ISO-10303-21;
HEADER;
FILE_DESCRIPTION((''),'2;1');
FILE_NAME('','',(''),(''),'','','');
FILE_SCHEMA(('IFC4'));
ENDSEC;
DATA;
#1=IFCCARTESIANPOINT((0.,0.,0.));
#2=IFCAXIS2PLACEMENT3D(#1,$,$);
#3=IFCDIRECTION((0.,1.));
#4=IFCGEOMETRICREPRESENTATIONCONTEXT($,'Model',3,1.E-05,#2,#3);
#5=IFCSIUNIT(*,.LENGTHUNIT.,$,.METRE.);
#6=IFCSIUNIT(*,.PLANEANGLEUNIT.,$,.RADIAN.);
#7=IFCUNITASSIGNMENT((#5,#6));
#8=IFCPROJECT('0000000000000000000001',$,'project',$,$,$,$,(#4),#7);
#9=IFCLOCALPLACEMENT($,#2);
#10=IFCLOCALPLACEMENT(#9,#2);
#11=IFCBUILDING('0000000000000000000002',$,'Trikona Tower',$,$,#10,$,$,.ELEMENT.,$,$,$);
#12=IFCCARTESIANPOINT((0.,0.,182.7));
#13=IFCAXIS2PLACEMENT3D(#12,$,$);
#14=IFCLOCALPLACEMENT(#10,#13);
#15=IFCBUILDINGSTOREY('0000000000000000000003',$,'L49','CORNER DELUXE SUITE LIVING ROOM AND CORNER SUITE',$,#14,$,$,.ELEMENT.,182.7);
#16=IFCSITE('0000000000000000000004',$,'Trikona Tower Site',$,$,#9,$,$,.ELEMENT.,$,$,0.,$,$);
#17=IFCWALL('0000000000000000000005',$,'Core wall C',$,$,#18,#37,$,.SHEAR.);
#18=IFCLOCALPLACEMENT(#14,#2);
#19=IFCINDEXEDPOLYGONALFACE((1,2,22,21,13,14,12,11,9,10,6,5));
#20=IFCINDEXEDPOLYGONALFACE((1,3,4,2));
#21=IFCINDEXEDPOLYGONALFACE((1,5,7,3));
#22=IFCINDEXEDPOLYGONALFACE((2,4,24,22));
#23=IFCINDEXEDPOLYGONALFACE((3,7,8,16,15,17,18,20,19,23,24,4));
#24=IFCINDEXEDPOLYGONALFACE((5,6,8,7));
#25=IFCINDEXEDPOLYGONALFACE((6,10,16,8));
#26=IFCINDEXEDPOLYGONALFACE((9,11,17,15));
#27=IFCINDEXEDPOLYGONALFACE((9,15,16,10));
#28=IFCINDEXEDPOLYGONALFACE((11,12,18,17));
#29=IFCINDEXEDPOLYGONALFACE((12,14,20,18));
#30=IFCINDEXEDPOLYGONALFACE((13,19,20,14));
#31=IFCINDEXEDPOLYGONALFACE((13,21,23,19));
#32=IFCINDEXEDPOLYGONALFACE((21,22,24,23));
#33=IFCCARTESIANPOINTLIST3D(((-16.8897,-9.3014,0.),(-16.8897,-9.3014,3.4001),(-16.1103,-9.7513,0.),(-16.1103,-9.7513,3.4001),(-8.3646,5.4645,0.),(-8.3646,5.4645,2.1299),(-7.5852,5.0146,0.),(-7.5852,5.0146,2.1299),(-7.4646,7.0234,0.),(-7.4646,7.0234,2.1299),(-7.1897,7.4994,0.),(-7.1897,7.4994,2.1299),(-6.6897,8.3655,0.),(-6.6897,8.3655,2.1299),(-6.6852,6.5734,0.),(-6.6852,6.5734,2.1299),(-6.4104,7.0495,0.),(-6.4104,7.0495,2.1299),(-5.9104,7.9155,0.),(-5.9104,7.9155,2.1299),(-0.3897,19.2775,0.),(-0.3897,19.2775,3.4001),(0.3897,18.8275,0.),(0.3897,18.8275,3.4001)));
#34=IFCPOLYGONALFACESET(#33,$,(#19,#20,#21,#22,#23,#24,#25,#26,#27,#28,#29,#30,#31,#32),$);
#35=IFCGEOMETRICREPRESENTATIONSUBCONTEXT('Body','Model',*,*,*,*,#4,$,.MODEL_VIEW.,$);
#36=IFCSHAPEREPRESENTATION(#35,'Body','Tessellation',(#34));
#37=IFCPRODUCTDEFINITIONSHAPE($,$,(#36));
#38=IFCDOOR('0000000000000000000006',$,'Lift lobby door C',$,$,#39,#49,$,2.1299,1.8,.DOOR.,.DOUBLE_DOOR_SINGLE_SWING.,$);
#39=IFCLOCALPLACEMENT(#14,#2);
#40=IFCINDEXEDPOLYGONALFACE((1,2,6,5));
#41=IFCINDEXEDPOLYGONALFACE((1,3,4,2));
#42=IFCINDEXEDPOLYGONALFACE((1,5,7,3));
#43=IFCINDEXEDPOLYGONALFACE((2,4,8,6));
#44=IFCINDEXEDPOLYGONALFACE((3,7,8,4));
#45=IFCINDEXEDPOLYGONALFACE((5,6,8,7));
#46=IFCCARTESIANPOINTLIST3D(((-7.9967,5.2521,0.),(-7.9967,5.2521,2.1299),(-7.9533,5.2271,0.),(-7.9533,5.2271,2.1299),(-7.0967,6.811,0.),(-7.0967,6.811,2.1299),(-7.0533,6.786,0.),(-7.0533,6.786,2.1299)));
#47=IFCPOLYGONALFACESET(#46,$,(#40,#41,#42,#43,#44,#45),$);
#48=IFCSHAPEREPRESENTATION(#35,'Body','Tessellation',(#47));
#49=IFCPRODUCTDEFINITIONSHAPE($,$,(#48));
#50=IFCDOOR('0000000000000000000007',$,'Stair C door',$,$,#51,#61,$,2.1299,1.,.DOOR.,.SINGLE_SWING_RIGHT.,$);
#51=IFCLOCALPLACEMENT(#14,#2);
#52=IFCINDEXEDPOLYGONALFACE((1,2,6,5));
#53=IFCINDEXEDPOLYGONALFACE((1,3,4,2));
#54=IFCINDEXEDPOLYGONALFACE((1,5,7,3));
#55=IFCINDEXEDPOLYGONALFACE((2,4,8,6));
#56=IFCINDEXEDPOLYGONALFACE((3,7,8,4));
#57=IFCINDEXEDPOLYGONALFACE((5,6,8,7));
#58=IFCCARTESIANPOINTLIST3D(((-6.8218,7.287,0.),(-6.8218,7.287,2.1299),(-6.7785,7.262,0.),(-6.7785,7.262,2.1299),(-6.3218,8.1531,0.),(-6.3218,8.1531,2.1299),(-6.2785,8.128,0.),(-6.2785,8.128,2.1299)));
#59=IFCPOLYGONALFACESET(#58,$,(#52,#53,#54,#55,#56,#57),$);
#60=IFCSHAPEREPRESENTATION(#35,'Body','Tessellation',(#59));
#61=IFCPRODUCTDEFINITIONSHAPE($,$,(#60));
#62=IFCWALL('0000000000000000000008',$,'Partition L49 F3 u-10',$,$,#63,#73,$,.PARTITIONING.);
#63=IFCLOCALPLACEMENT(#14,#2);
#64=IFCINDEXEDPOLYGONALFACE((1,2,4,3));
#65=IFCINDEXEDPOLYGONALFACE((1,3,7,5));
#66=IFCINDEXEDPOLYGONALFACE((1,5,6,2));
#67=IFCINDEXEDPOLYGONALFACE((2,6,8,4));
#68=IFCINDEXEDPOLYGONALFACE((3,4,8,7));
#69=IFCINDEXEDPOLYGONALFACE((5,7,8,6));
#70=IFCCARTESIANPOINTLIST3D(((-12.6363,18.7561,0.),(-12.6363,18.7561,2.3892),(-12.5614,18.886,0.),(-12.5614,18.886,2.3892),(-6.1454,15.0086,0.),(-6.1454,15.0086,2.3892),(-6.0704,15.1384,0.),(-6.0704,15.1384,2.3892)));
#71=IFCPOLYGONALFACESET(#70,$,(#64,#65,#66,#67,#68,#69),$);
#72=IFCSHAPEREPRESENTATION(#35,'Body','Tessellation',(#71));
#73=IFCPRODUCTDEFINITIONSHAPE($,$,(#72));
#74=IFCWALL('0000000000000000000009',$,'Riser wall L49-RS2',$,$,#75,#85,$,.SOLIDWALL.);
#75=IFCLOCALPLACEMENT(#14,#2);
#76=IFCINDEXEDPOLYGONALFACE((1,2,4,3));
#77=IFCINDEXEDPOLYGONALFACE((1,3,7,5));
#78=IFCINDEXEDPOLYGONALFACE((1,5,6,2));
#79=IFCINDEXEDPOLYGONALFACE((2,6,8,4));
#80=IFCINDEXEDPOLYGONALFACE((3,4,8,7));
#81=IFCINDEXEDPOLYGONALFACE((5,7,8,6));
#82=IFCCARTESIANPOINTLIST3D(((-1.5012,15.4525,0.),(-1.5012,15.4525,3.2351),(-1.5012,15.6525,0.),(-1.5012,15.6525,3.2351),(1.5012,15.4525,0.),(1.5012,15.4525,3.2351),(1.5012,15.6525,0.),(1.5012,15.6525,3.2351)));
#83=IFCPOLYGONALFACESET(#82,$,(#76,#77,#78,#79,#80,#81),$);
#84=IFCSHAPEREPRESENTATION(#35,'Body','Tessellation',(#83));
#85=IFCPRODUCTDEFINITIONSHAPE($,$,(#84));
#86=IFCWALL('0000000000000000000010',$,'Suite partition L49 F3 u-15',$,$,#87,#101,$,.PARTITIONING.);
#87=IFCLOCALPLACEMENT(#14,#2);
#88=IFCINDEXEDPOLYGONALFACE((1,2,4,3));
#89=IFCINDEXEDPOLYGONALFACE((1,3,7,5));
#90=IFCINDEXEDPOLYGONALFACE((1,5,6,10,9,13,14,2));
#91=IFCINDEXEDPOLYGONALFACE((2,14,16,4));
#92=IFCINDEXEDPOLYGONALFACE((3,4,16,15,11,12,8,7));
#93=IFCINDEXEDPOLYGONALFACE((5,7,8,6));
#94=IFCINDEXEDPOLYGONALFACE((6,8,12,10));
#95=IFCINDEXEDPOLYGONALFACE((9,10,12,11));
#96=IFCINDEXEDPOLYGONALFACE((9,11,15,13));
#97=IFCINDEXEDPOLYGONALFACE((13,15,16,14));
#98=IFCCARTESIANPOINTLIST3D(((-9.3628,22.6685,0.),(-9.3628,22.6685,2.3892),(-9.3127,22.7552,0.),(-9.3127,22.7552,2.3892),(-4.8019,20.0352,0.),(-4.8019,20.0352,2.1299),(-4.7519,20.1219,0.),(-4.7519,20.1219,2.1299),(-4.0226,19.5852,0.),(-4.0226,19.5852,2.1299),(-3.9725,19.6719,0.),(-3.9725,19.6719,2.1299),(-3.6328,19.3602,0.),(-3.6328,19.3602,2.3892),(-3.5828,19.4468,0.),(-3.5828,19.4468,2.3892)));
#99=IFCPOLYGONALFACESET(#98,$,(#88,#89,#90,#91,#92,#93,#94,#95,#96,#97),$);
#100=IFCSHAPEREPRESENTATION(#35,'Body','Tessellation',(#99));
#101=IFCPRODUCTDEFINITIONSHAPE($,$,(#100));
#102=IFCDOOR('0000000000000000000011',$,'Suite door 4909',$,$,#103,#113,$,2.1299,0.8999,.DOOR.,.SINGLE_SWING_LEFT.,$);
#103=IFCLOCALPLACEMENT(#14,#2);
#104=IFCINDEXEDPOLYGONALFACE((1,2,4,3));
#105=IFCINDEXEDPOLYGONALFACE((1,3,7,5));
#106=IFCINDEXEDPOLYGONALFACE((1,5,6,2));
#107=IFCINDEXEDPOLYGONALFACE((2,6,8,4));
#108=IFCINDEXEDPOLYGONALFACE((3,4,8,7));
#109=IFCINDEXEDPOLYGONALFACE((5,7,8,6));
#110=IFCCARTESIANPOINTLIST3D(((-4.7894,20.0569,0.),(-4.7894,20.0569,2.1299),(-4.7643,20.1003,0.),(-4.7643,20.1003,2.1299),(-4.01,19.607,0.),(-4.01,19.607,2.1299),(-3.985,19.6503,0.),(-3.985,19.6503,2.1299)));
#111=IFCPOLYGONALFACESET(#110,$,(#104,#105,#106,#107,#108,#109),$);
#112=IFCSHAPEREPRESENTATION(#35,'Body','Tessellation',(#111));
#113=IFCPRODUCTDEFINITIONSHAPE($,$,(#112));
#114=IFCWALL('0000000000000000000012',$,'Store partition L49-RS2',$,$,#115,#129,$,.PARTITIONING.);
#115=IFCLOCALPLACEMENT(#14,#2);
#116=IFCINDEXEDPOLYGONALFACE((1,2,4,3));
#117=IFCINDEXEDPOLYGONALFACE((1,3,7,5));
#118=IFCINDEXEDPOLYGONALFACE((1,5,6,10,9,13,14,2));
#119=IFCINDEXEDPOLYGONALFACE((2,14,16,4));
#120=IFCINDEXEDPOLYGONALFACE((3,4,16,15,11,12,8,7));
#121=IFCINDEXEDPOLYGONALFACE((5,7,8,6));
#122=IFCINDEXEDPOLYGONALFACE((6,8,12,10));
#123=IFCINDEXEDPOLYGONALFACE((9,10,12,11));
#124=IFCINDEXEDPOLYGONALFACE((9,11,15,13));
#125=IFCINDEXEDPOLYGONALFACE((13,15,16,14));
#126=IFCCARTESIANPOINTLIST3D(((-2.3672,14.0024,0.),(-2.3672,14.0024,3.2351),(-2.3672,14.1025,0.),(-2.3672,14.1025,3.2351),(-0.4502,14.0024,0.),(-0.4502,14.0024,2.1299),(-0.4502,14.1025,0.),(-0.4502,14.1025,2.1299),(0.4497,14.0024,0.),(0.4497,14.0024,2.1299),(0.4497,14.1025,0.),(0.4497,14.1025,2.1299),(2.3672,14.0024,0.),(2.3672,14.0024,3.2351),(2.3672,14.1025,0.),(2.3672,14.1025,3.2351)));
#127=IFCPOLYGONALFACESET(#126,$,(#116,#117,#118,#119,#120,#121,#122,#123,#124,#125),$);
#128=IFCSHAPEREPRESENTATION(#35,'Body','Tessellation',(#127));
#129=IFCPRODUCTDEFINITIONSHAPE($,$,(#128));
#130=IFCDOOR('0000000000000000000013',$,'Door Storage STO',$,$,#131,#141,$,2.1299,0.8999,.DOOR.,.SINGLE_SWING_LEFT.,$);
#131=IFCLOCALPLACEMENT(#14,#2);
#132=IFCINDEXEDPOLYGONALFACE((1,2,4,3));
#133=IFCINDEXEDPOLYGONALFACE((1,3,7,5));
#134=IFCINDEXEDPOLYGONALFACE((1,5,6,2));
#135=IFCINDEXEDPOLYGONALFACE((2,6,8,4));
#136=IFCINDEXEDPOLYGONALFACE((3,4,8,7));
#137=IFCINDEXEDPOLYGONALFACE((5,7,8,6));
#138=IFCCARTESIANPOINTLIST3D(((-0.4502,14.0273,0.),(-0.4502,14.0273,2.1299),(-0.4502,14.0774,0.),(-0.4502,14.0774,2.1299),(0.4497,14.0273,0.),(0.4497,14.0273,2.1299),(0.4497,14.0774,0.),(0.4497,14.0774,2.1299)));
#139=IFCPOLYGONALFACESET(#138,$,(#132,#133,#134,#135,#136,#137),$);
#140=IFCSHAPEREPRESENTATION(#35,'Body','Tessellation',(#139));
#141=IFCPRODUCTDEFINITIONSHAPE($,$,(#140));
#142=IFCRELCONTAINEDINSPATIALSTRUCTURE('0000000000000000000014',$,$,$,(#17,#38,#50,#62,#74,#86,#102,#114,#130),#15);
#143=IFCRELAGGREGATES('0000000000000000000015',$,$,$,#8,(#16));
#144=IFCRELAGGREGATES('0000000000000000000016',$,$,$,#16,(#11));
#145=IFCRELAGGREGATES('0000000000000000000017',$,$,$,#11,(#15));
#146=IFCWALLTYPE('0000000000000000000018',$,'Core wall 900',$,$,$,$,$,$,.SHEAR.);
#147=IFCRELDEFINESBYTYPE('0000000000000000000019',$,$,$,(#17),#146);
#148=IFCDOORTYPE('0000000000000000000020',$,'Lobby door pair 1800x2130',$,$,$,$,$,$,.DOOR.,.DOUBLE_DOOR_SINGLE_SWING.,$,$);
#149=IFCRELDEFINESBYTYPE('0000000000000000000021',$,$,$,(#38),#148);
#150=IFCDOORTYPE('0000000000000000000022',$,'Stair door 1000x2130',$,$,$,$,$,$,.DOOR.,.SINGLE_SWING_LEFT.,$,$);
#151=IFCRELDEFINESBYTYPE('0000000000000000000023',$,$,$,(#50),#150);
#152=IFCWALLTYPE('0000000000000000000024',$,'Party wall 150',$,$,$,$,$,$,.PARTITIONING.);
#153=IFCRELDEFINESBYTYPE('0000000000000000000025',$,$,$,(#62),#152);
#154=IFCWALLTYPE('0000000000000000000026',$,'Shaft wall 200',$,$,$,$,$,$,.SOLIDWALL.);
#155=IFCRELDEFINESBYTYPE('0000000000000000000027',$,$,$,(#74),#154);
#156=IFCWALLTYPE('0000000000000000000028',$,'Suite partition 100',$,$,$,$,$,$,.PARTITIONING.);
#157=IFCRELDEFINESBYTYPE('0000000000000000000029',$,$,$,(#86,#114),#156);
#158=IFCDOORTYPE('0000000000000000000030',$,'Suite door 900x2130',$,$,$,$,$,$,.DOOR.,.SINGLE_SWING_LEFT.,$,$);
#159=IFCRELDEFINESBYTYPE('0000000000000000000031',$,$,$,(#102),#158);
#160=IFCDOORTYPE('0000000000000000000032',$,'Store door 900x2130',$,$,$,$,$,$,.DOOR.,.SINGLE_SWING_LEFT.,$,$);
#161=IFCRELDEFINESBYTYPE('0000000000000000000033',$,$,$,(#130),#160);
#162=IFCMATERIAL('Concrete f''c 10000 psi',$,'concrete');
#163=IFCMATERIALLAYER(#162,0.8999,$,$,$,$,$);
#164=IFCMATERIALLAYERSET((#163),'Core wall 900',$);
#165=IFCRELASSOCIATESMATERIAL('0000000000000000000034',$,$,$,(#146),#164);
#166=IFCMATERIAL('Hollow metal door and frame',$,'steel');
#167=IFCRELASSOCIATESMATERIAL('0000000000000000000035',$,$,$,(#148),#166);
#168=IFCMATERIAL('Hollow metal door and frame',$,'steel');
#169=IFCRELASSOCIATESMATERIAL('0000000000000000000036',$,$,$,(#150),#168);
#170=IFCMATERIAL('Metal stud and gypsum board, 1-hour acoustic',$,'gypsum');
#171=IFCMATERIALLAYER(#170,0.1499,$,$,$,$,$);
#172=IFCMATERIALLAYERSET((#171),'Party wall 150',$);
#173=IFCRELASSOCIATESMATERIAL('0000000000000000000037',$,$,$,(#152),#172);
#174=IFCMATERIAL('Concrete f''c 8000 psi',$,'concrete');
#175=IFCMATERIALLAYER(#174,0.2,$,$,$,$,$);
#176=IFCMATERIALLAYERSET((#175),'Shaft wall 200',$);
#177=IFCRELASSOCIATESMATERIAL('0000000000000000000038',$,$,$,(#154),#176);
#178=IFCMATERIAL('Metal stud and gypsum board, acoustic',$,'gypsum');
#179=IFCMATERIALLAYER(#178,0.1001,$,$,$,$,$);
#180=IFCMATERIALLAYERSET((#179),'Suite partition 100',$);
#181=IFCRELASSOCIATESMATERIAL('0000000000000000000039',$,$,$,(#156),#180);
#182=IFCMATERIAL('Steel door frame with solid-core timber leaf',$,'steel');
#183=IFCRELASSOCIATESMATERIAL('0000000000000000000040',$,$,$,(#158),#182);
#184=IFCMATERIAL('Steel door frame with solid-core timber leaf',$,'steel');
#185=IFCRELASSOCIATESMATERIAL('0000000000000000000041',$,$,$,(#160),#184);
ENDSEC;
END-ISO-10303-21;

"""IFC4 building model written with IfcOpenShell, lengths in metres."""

from ifc_helpers import new_model, si_unit, direction, frame, frame_2d, origin, place, context, subcontext, project, spatial, rectangle, extrude, material, layer, layer_set, type_object, element, fill, save


model = new_model("IFC4")

# Units and contexts
model_context = context("Model", 3, precision=1e-05, world=origin(), true_north=direction((0.0, 1.0)))
body_context = subcontext(model_context, "Body", "Model", "MODEL_VIEW")
ifc_project = project(units=[si_unit("LENGTHUNIT", "METRE"), si_unit("PLANEANGLEUNIT", "RADIAN")], contexts=[model_context])

# Site, building, storey
site_placement = place(None, origin())
site = spatial("IfcSite", under=ifc_project, at=site_placement, Name="Trikona Tower Site", CompositionType="ELEMENT", RefElevation=0.0)
building_placement = place(site_placement, origin())
building = spatial("IfcBuilding", under=site, at=building_placement, Name="Trikona Tower", CompositionType="ELEMENT")
storey_placement = place(building_placement, frame((0.0, 0.0, 182.7)))
storey = spatial("IfcBuildingStorey", under=building, at=storey_placement, Name="L49", Description="CORNER DELUXE SUITE LIVING ROOM AND CORNER SUITE", CompositionType="ELEMENT", Elevation=182.7)

# Wall, openings, doors
ifc_material_1 = material(Name="Concrete f'c 10000 psi", Category="concrete")
ifc_layer_1 = layer(ifc_material_1, 0.8999)
ifc_layer_set_1 = layer_set([ifc_layer_1], Name="Core wall 900")
wall_type_1 = type_object("IfcWallType", Name="Core wall 900", PredefinedType="SHEAR", material=ifc_layer_set_1)
wall_1_placement = place(storey_placement, frame((0.0, 19.0525, 0.0), z_axis=(0.0, 0.0, 1.0), x_axis=(-0.5, -0.866026, 0.0)))
wall_1 = element("IfcWall", 1, at=wall_1_placement, inside=storey, type_object=wall_type_1, Name="Core wall C", PredefinedType="SHEAR", context=body_context, shape_type="SweptSolid", body=[
    extrude(rectangle(XDim=33.0, YDim=0.8999, at=frame_2d((16.5, 0.0))), origin(), (0.0, 0.0, 1.0), 3.4001),
])
opening_1_placement = place(wall_1_placement, frame((14.1499, 0.0, 0.0)))
opening_1 = element("IfcOpeningElement", 2, at=opening_1_placement, cuts=wall_1, PredefinedType="OPENING", context=body_context, shape_type="SweptSolid", body=[
    extrude(rectangle(XDim=1.8, YDim=2.1299, at=frame_2d((0.8999, 1.0649))), frame((0.0, 0.46, 0.0), z_axis=(0.0, -1.0, 0.0), x_axis=(1.0, 0.0, 0.0)), (0.0, 0.0, 1.0), 0.9199),
])
opening_2_placement = place(wall_1_placement, frame((12.6001, 0.0, 0.0)))
opening_2 = element("IfcOpeningElement", 3, at=opening_2_placement, cuts=wall_1, PredefinedType="OPENING", context=body_context, shape_type="SweptSolid", body=[
    extrude(rectangle(XDim=1.0, YDim=2.1299, at=frame_2d((0.5, 1.0649))), frame((0.0, 0.46, 0.0), z_axis=(0.0, -1.0, 0.0), x_axis=(1.0, 0.0, 0.0)), (0.0, 0.0, 1.0), 0.9199),
])
ifc_material_2 = material(Name="Hollow metal door and frame", Category="steel")
door_type_1 = type_object("IfcDoorType", Name="Lobby door pair 1800x2130", OperationType="DOUBLE_DOOR_SINGLE_SWING", PredefinedType="DOOR", material=ifc_material_2)
door_1_placement = place(opening_1_placement, origin())
door_1 = element("IfcDoor", 4, at=door_1_placement, inside=storey, type_object=door_type_1, Name="Lift lobby door C", OperationType="DOUBLE_DOOR_SINGLE_SWING", OverallHeight=2.1299, OverallWidth=1.8, PredefinedType="DOOR", context=body_context, shape_type="SweptSolid", body=[
    extrude(rectangle(XDim=1.8, YDim=2.1299, at=frame_2d((0.8999, 1.0649))), frame((0.0, 0.0249, 0.0), z_axis=(0.0, -1.0, 0.0), x_axis=(1.0, 0.0, 0.0)), (0.0, 0.0, 1.0), 0.05),
])
fill(opening_1, door_1)
ifc_material_3 = material(Name="Hollow metal door and frame", Category="steel")
door_type_2 = type_object("IfcDoorType", Name="Stair door 1000x2130", OperationType="SINGLE_SWING_LEFT", PredefinedType="DOOR", material=ifc_material_3)
door_2_placement = place(opening_2_placement, origin())
door_2 = element("IfcDoor", 5, at=door_2_placement, inside=storey, type_object=door_type_2, Name="Stair C door", OperationType="SINGLE_SWING_RIGHT", OverallHeight=2.1299, OverallWidth=1.0, PredefinedType="DOOR", context=body_context, shape_type="SweptSolid", body=[
    extrude(rectangle(XDim=1.0, YDim=2.1299, at=frame_2d((0.5, 1.0649))), frame((0.0, 0.0249, 0.0), z_axis=(0.0, -1.0, 0.0), x_axis=(1.0, 0.0, 0.0)), (0.0, 0.0, 1.0), 0.05),
])
fill(opening_2, door_2)

# Walls
ifc_material_4 = material(Name="Metal stud and gypsum board, 1-hour acoustic", Category="gypsum")
ifc_layer_2 = layer(ifc_material_4, 0.1499)
ifc_layer_set_2 = layer_set([ifc_layer_2], Name="Party wall 150")
wall_type_2 = type_object("IfcWallType", Name="Party wall 150", PredefinedType="PARTITIONING", material=ifc_layer_set_2)
wall_2_placement = place(storey_placement, frame((-6.1079, 15.0735, 0.0), z_axis=(0.0, 0.0, 1.0), x_axis=(-0.866026, 0.5, 0.0)))
element("IfcWall", 6, at=wall_2_placement, inside=storey, type_object=wall_type_2, Name="Partition L49 F3 u-10", PredefinedType="PARTITIONING", context=body_context, shape_type="SweptSolid", body=[
    extrude(rectangle(XDim=7.4951, YDim=0.1499, at=frame_2d((3.7476, 0.0))), origin(), (0.0, 0.0, 1.0), 2.3892),
])
ifc_material_5 = material(Name="Concrete f'c 8000 psi", Category="concrete")
ifc_layer_3 = layer(ifc_material_5, 0.2)
ifc_layer_set_3 = layer_set([ifc_layer_3], Name="Shaft wall 200")
wall_type_3 = type_object("IfcWallType", Name="Shaft wall 200", PredefinedType="SOLIDWALL", material=ifc_layer_set_3)
wall_3_placement = place(storey_placement, frame((-1.5012, 15.5525, 0.0), z_axis=(0.0, 0.0, 1.0), x_axis=(1.0, 0.0, 0.0)))
element("IfcWall", 7, at=wall_3_placement, inside=storey, type_object=wall_type_3, Name="Riser wall L49-RS2", PredefinedType="SOLIDWALL", context=body_context, shape_type="SweptSolid", body=[
    extrude(rectangle(XDim=3.0024, YDim=0.2, at=frame_2d((1.5012, 0.0))), origin(), (0.0, 0.0, 1.0), 3.2351),
])

# Walls, openings, doors
ifc_material_6 = material(Name="Metal stud and gypsum board, acoustic", Category="gypsum")
ifc_layer_4 = layer(ifc_material_6, 0.1001)
ifc_layer_set_4 = layer_set([ifc_layer_4], Name="Suite partition 100")
wall_type_4 = type_object("IfcWallType", Name="Suite partition 100", PredefinedType="PARTITIONING", material=ifc_layer_set_4)
wall_4_placement = place(storey_placement, frame((-3.6079, 19.4036, 0.0), z_axis=(0.0, 0.0, 1.0), x_axis=(-0.866016, 0.500016, 0.0)))
wall_4 = element("IfcWall", 8, at=wall_4_placement, inside=storey, type_object=wall_type_4, Name="Suite partition L49 F3 u-15", PredefinedType="PARTITIONING", context=body_context, shape_type="SweptSolid", body=[
    extrude(rectangle(XDim=6.6165, YDim=0.1001, at=frame_2d((3.3081, 0.0))), origin(), (0.0, 0.0, 1.0), 2.3892),
])
opening_3_placement = place(wall_4_placement, frame((0.45, 0.0, 0.0)))
opening_3 = element("IfcOpeningElement", 9, at=opening_3_placement, cuts=wall_4, PredefinedType="OPENING", context=body_context, shape_type="SweptSolid", body=[
    extrude(rectangle(XDim=0.8999, YDim=2.1299, at=frame_2d((0.45, 1.0649))), frame((0.0, 0.0601, 0.0), z_axis=(0.0, -1.0, 0.0), x_axis=(1.0, 0.0, 0.0)), (0.0, 0.0, 1.0), 0.1201),
])
ifc_material_7 = material(Name="Steel door frame with solid-core timber leaf", Category="steel")
door_type_3 = type_object("IfcDoorType", Name="Suite door 900x2130", OperationType="SINGLE_SWING_LEFT", PredefinedType="DOOR", material=ifc_material_7)
door_3_placement = place(opening_3_placement, origin())
door_3 = element("IfcDoor", 10, at=door_3_placement, inside=storey, type_object=door_type_3, Name="Suite door 4909", OperationType="SINGLE_SWING_LEFT", OverallHeight=2.1299, OverallWidth=0.8999, PredefinedType="DOOR", context=body_context, shape_type="SweptSolid", body=[
    extrude(rectangle(XDim=0.8999, YDim=2.1299, at=frame_2d((0.45, 1.0649))), frame((0.0, 0.0249, 0.0), z_axis=(0.0, -1.0, 0.0), x_axis=(1.0, 0.0, 0.0)), (0.0, 0.0, 1.0), 0.05),
])
fill(opening_3, door_3)
wall_5_placement = place(storey_placement, frame((-2.3672, 14.0525, 0.0), z_axis=(0.0, 0.0, 1.0), x_axis=(1.0, 0.0, 0.0)))
wall_5 = element("IfcWall", 11, at=wall_5_placement, inside=storey, type_object=wall_type_4, Name="Store partition L49-RS2", PredefinedType="PARTITIONING", context=body_context, shape_type="SweptSolid", body=[
    extrude(rectangle(XDim=4.7344, YDim=0.1001, at=frame_2d((2.3672, 0.0))), origin(), (0.0, 0.0, 1.0), 3.2351),
])
opening_4_placement = place(wall_5_placement, frame((1.917, 0.0, 0.0)))
opening_4 = element("IfcOpeningElement", 12, at=opening_4_placement, cuts=wall_5, PredefinedType="OPENING", context=body_context, shape_type="SweptSolid", body=[
    extrude(rectangle(XDim=0.8999, YDim=2.1299, at=frame_2d((0.45, 1.0649))), frame((0.0, 0.0601, 0.0), z_axis=(0.0, -1.0, 0.0), x_axis=(1.0, 0.0, 0.0)), (0.0, 0.0, 1.0), 0.1201),
])
ifc_material_8 = material(Name="Steel door frame with solid-core timber leaf", Category="steel")
door_type_4 = type_object("IfcDoorType", Name="Store door 900x2130", OperationType="SINGLE_SWING_LEFT", PredefinedType="DOOR", material=ifc_material_8)
door_4_placement = place(opening_4_placement, origin())
door_4 = element("IfcDoor", 13, at=door_4_placement, inside=storey, type_object=door_type_4, Name="Door Storage STO", OperationType="SINGLE_SWING_LEFT", OverallHeight=2.1299, OverallWidth=0.8999, PredefinedType="DOOR", context=body_context, shape_type="SweptSolid", body=[
    extrude(rectangle(XDim=0.8999, YDim=2.1299, at=frame_2d((0.45, 1.0649))), frame((0.0, 0.0249, 0.0), z_axis=(0.0, -1.0, 0.0), x_axis=(1.0, 0.0, 0.0)), (0.0, 0.0, 1.0), 0.05),
])
fill(opening_4, door_4)

save(model, "model.ifc")
